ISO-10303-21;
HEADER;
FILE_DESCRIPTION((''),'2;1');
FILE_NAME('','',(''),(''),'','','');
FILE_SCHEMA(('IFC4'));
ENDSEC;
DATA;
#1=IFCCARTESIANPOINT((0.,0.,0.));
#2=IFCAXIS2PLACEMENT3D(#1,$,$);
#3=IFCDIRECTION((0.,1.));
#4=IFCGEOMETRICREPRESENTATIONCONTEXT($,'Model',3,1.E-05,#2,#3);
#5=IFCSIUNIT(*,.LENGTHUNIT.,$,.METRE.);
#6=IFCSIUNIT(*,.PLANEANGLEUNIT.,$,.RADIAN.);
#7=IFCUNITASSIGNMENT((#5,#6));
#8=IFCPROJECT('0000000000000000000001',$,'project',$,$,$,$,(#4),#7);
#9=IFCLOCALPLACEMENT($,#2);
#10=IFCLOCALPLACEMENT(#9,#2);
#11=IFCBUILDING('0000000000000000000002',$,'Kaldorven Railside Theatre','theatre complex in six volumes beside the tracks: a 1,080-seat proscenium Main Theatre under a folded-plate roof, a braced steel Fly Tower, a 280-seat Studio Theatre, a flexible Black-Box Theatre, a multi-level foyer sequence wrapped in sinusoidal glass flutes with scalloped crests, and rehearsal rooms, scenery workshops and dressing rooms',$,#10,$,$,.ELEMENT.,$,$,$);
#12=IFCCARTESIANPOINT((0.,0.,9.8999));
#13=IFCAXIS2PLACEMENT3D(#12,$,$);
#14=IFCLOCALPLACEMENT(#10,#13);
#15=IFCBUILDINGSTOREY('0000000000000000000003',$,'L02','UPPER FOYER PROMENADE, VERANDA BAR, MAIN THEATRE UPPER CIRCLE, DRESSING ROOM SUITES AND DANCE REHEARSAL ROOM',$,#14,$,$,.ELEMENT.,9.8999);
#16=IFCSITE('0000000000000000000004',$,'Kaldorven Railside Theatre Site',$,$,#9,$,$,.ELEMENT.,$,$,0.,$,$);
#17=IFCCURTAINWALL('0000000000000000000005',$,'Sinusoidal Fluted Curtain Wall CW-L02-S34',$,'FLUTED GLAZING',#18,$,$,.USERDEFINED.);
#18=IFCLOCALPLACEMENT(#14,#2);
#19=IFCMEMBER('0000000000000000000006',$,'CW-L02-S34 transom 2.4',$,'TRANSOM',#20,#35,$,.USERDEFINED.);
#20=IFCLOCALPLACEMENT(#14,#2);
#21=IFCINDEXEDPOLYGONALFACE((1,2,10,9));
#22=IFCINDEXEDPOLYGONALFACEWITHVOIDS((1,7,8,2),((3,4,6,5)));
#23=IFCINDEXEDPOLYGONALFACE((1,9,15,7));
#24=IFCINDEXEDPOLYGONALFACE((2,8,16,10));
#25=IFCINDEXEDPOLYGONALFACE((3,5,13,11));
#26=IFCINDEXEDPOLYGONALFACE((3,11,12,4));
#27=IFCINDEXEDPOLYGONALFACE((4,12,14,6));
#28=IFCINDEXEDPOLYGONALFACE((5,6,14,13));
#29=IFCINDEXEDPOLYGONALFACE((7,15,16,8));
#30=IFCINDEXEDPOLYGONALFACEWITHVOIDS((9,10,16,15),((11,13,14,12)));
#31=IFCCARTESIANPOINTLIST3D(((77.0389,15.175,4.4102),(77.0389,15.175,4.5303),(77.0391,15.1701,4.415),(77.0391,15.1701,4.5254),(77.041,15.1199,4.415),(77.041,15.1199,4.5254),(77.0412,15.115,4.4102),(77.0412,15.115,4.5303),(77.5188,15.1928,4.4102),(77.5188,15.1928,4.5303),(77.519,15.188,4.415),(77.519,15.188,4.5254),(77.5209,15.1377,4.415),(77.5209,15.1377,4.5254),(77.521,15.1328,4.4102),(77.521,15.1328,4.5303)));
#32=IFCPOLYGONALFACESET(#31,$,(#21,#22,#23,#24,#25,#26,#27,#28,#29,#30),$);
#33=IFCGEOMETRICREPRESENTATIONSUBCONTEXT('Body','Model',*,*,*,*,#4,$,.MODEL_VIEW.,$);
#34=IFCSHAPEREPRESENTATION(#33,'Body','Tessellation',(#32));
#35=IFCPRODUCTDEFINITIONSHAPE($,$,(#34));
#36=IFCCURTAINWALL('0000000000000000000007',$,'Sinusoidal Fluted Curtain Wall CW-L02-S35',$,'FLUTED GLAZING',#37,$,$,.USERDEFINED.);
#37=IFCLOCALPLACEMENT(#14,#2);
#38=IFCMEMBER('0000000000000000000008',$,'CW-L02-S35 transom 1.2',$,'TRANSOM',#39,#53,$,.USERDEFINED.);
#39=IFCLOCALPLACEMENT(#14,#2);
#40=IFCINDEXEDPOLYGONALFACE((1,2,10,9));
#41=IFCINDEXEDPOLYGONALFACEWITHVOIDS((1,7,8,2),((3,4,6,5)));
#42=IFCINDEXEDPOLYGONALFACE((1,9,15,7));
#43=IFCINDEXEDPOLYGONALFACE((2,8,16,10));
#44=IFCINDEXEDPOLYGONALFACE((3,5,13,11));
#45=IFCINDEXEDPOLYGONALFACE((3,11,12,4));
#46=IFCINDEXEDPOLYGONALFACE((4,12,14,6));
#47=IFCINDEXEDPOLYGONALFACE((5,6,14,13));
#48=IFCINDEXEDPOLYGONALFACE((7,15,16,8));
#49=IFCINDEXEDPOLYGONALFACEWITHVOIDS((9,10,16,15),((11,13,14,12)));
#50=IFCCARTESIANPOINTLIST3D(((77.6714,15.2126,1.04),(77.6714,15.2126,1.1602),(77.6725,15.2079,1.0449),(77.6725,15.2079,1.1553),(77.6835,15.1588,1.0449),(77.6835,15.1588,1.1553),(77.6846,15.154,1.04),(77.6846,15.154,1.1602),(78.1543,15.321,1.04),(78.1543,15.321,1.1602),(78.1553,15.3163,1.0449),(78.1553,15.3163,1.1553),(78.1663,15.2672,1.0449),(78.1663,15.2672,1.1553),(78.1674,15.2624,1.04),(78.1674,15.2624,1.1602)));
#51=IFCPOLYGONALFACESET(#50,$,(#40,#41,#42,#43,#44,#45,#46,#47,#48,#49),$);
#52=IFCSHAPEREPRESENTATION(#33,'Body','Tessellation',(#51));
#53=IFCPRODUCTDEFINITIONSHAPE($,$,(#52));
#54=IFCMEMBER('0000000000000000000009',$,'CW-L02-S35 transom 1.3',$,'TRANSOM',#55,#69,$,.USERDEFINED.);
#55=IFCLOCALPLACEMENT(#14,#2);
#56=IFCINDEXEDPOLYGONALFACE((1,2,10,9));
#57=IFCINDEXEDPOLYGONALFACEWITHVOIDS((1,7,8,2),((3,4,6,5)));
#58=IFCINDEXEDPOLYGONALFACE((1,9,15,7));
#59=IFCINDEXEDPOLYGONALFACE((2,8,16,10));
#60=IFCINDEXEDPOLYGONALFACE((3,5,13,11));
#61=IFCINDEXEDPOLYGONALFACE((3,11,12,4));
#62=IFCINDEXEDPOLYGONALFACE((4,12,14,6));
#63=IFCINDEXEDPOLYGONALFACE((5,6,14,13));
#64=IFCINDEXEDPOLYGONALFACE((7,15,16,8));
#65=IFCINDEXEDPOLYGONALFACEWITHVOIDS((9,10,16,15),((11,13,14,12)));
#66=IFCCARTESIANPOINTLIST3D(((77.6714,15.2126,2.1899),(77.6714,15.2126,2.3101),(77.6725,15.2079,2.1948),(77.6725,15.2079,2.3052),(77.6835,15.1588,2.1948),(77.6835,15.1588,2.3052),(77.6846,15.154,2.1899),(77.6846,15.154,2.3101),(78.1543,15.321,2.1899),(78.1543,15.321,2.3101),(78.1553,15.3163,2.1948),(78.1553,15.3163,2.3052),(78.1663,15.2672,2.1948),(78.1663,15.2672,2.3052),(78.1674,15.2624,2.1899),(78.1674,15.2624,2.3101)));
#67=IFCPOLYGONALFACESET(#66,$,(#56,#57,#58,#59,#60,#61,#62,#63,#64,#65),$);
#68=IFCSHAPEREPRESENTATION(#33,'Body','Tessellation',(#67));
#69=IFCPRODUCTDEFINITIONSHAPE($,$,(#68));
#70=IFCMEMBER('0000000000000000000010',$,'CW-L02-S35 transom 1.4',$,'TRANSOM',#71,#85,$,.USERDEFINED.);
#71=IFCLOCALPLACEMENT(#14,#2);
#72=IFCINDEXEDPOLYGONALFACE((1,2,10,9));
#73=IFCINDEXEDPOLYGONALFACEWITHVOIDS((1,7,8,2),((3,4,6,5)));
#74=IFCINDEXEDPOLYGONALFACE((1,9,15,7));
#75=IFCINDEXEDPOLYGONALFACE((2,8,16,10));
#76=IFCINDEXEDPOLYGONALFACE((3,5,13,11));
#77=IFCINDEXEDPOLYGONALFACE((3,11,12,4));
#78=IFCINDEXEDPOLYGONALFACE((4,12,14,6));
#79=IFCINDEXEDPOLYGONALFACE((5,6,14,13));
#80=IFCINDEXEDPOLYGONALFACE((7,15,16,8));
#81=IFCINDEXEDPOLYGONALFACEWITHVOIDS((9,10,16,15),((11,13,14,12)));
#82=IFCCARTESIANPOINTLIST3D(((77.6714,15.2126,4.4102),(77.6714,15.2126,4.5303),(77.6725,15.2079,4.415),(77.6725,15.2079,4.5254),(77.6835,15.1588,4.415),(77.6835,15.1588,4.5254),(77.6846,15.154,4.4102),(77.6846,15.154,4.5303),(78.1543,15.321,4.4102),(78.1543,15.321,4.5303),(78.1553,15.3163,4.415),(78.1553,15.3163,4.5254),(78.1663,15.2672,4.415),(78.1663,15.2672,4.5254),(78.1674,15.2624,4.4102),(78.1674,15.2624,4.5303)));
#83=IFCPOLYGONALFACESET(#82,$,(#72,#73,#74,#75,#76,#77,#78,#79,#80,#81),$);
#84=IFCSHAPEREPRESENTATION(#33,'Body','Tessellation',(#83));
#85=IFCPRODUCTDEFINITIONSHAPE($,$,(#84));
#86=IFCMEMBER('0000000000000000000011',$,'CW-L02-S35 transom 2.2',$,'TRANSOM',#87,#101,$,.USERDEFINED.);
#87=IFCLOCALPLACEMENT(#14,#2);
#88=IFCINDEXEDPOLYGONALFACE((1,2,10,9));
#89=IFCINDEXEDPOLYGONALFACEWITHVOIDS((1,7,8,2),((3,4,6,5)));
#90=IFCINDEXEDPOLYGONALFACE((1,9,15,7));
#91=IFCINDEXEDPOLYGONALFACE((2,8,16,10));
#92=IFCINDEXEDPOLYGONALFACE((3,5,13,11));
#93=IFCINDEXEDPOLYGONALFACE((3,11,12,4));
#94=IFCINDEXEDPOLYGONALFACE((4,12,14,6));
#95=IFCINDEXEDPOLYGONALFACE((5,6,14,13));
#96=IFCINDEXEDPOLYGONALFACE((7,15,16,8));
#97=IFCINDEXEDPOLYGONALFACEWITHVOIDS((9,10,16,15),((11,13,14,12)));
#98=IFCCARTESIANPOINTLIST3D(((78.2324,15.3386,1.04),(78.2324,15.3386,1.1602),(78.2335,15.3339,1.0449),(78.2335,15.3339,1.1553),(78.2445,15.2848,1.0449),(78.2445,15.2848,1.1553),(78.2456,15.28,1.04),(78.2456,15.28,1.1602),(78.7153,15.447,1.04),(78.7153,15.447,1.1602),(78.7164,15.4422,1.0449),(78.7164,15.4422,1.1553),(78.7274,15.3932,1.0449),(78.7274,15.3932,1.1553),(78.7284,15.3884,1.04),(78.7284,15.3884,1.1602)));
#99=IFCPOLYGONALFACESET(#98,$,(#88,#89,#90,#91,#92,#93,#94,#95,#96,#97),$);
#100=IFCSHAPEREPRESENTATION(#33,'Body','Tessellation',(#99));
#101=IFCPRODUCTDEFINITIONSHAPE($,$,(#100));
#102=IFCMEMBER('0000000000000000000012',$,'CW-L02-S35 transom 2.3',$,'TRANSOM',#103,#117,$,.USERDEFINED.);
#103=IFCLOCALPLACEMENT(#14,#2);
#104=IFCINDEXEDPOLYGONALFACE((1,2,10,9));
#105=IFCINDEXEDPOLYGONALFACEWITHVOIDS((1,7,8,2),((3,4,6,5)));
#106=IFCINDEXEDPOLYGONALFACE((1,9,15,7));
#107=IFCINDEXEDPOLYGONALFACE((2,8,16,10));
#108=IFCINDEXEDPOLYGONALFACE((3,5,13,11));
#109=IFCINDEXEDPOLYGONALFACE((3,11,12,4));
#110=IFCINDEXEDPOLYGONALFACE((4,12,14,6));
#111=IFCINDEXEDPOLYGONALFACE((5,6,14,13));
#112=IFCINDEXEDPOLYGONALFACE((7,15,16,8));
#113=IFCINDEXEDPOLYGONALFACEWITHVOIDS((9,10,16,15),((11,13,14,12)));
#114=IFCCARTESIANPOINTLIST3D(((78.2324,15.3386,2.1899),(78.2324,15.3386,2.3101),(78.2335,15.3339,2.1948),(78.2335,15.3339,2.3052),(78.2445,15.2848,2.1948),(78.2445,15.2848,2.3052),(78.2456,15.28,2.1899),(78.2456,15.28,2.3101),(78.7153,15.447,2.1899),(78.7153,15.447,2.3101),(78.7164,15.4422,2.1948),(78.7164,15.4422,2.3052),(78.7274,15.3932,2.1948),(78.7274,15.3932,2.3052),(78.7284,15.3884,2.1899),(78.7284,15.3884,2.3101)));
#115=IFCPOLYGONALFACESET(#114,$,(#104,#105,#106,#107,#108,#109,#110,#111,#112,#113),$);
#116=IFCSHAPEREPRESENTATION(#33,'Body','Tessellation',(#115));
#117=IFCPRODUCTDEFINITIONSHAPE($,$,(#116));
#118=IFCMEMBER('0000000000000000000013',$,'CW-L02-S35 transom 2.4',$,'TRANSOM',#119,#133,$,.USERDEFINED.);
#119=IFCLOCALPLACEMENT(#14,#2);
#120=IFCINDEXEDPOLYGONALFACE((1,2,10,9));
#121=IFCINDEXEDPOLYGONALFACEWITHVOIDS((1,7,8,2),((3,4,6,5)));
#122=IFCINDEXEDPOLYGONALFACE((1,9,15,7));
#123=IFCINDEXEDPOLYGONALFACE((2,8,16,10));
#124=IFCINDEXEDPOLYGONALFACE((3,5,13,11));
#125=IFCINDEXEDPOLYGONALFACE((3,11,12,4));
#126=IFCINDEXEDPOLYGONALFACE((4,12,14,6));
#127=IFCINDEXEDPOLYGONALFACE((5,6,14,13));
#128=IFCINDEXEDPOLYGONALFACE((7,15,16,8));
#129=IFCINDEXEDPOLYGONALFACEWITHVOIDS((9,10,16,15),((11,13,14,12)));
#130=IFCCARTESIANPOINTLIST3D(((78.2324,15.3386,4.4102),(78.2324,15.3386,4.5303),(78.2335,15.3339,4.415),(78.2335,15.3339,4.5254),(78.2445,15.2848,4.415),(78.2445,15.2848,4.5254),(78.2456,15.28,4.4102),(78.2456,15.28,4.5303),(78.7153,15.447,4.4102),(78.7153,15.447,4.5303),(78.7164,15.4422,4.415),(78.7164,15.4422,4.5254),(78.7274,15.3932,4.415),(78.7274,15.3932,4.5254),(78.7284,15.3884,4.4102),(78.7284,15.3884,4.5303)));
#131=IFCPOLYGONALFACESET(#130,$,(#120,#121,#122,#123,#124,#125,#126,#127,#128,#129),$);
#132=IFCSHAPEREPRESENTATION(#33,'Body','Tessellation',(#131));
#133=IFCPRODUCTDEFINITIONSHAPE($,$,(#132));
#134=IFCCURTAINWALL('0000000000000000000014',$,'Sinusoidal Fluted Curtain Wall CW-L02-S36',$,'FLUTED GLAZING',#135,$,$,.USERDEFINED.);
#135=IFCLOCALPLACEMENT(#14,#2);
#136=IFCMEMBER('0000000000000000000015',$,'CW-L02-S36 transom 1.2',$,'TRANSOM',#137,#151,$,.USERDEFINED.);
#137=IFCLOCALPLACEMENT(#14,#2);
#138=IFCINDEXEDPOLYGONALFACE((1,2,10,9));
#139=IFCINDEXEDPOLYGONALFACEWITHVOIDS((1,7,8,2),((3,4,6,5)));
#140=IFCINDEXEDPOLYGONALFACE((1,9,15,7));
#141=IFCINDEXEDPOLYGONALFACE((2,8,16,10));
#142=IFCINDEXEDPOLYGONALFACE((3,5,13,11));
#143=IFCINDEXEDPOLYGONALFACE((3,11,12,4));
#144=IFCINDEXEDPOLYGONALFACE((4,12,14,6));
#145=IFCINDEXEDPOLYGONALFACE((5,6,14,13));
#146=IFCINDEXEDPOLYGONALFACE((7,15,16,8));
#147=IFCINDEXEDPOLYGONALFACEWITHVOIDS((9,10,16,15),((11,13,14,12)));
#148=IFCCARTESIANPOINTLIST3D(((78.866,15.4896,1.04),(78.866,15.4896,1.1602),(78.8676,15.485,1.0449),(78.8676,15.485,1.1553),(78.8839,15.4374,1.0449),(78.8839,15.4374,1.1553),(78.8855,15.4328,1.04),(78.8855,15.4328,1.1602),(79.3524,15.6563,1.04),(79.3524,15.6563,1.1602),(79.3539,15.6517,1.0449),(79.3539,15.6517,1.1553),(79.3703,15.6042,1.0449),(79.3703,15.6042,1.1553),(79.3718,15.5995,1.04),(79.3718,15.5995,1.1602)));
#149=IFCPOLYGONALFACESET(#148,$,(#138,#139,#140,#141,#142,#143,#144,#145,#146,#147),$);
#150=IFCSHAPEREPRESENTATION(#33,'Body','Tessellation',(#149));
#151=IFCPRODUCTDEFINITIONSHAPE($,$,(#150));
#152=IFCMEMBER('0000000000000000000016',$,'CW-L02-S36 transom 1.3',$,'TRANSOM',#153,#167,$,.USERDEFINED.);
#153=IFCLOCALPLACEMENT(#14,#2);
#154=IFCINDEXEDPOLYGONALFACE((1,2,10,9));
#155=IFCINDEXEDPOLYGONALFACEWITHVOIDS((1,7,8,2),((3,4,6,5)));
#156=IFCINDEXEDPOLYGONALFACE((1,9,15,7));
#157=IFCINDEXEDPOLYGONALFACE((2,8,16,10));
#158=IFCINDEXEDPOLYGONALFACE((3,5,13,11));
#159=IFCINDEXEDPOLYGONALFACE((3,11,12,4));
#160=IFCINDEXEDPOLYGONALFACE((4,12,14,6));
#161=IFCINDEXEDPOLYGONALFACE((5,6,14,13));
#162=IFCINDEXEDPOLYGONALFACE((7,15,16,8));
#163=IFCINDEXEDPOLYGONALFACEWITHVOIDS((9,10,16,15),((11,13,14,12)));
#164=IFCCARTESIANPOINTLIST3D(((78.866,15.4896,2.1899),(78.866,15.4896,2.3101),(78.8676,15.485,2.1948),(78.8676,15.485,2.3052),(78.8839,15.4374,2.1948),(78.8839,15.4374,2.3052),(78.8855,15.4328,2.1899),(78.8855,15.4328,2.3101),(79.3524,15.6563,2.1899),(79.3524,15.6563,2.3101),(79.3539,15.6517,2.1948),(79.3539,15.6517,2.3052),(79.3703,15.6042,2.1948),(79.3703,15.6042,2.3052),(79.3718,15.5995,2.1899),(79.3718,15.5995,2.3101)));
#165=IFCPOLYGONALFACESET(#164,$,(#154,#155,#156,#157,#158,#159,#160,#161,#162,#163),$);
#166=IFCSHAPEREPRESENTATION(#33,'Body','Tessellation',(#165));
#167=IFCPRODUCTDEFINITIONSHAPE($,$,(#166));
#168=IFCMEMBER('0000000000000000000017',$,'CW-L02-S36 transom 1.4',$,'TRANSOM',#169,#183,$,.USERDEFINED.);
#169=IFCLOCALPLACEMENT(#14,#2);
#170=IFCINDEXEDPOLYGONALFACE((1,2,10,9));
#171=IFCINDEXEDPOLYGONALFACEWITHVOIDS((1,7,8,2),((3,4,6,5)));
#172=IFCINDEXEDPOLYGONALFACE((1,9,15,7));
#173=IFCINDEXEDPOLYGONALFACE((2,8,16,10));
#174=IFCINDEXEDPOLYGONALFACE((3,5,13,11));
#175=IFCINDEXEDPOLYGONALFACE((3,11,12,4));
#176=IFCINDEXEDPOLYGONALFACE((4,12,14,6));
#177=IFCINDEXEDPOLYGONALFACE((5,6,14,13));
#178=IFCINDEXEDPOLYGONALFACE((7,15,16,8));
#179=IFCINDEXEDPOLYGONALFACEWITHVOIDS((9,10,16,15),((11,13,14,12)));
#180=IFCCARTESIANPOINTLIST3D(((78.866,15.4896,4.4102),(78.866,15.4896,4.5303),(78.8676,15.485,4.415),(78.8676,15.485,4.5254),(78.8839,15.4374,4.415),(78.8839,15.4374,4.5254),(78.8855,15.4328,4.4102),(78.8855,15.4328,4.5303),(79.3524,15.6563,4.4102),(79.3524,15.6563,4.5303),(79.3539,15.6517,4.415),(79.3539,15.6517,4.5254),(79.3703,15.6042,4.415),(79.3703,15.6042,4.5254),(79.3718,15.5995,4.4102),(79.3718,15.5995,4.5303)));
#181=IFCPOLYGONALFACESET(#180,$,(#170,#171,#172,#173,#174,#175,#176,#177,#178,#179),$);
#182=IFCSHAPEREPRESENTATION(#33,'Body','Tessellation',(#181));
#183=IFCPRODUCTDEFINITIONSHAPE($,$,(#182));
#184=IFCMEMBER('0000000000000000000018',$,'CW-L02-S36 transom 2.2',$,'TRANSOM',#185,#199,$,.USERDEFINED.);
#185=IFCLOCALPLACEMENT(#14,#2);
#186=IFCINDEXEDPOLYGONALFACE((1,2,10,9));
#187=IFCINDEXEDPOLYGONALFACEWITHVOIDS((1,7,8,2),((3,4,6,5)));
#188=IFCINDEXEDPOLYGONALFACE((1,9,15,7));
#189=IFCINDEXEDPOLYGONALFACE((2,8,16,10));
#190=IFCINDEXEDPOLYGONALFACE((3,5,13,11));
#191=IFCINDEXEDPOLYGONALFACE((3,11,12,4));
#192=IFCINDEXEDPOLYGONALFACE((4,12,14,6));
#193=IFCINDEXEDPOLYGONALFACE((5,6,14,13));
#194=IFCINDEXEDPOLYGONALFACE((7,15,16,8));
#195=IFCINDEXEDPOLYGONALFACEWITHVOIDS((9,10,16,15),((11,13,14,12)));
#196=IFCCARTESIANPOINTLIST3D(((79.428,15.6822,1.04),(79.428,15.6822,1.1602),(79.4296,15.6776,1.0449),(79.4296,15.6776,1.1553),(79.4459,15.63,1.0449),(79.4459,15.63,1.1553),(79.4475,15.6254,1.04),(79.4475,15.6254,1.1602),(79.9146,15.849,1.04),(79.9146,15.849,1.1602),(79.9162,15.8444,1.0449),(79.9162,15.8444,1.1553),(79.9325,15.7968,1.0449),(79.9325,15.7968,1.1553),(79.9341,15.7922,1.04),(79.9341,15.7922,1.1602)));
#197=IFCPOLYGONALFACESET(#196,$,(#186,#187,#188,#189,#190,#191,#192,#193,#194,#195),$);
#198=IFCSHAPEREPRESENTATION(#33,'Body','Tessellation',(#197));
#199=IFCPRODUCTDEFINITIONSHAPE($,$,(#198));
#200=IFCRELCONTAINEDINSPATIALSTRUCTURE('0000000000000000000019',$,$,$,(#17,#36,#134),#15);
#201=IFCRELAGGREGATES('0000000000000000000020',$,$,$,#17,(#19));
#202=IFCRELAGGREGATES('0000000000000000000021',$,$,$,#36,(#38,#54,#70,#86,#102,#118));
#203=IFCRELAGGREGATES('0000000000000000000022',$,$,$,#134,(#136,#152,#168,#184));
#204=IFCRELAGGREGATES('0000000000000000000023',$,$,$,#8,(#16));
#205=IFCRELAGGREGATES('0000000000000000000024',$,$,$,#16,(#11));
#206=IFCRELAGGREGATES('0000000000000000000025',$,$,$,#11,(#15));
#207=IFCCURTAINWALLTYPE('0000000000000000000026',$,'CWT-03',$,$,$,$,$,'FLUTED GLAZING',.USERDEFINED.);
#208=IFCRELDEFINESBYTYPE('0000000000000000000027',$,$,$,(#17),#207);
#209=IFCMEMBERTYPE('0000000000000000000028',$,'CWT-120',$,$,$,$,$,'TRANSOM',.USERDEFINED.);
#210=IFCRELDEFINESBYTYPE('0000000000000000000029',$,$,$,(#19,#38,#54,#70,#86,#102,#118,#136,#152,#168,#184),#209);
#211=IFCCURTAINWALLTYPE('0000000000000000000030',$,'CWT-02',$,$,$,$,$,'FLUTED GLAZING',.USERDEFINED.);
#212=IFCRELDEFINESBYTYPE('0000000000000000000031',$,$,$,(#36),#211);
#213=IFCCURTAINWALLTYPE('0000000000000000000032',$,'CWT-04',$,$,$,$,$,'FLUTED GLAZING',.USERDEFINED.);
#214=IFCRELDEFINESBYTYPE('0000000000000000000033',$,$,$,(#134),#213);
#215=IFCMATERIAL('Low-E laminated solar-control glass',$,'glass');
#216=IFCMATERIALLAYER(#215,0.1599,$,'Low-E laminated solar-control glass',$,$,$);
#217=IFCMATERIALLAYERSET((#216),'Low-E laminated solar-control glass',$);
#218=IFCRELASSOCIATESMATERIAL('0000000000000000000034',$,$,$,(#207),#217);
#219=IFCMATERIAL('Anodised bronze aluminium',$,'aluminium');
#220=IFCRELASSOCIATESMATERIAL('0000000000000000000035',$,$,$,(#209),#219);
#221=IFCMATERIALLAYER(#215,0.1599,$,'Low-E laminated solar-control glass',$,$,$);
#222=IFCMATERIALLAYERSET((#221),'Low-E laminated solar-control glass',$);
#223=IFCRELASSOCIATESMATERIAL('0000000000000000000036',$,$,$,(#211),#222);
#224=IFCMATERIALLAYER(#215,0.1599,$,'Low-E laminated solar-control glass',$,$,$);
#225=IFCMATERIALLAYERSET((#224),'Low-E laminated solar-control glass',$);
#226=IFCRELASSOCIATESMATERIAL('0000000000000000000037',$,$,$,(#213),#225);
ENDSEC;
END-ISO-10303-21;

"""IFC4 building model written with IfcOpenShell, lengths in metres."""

from ifc_helpers import new_model, si_unit, direction, frame, origin, origin_2d, place, context, subcontext, project, spatial, hollow_rectangle, extrude, material, layer, layer_set, material_profile, profile_set, type_object, element, aggregate, save


model = new_model("IFC4")

# Units and contexts
model_context = context("Model", 3, precision=1e-05, world=origin(), true_north=direction((0.0, 1.0)))
body_context = subcontext(model_context, "Body", "Model", "MODEL_VIEW")
ifc_project = project(units=[si_unit("LENGTHUNIT", "METRE"), si_unit("PLANEANGLEUNIT", "RADIAN")], contexts=[model_context])

# Site, building, storey
site_placement = place(None, origin())
site = spatial("IfcSite", under=ifc_project, at=site_placement, Name="Kaldorven Railside Theatre Site", CompositionType="ELEMENT", RefElevation=0.0)
building_placement = place(site_placement, origin())
building = spatial("IfcBuilding", under=site, at=building_placement, Name="Kaldorven Railside Theatre", Description="theatre complex in six volumes beside the tracks: a 1,080-seat proscenium Main Theatre under a folded-plate roof, a braced steel Fly Tower, a 280-seat Studio Theatre, a flexible Black-Box Theatre, a multi-level foyer sequence wrapped in sinusoidal glass flutes with scalloped crests, and rehearsal rooms, scenery workshops and dressing rooms", CompositionType="ELEMENT")
storey_placement = place(building_placement, frame((0.0, 0.0, 9.8999)))
storey = spatial("IfcBuildingStorey", under=building, at=storey_placement, Name="L02", Description="UPPER FOYER PROMENADE, VERANDA BAR, MAIN THEATRE UPPER CIRCLE, DRESSING ROOM SUITES AND DANCE REHEARSAL ROOM", CompositionType="ELEMENT", Elevation=9.8999)

# Curtain wall, member
ifc_material_1 = material(Name="Low-E laminated solar-control glass", Category="glass")
ifc_layer_1 = layer(ifc_material_1, 0.1599, Name="Low-E laminated solar-control glass")
ifc_layer_set_1 = layer_set([ifc_layer_1], Name="Low-E laminated solar-control glass")
curtain_wall_type_1 = type_object("IfcCurtainWallType", Name="CWT-03", ElementType="FLUTED GLAZING", PredefinedType="USERDEFINED", material=ifc_layer_set_1)
curtain_wall_1_placement = place(storey_placement, origin())
curtain_wall_1 = element("IfcCurtainWall", 1, at=curtain_wall_1_placement, inside=storey, type_object=curtain_wall_type_1, Name="Sinusoidal Fluted Curtain Wall CW-L02-S34", ObjectType="FLUTED GLAZING", PredefinedType="USERDEFINED")
ifc_material_2 = material(Name="Anodised bronze aluminium", Category="aluminium")
ifc_material_profile = material_profile(ifc_material_2, hollow_rectangle(XDim=0.0601, YDim=0.1201, WallThickness=0.0049, at=origin_2d()), Name="RHS 120x60x5")
ifc_profile_set = profile_set([ifc_material_profile], Name="Anodised bronze aluminium")
member_type = type_object("IfcMemberType", Name="CWT-120", ElementType="TRANSOM", PredefinedType="USERDEFINED", material=ifc_profile_set)
member_1_placement = place(storey_placement, frame((77.04, 15.145, 4.4702), z_axis=(0.999311, 0.037106, 0.0), x_axis=(-0.037106, 0.999311, 0.0)))
member_1 = element("IfcMember", 2, at=member_1_placement, type_object=member_type, Name="CW-L02-S34 transom 2.4", ObjectType="TRANSOM", PredefinedType="USERDEFINED", context=body_context, shape_type="SweptSolid", body=[
    extrude(hollow_rectangle(XDim=0.0601, YDim=0.1201, WallThickness=0.0049, at=origin_2d()), origin(), (0.0, 0.0, 1.0), 0.4802),
])

# Curtain walls, members
ifc_layer_2 = layer(ifc_material_1, 0.1599, Name="Low-E laminated solar-control glass")
ifc_layer_set_2 = layer_set([ifc_layer_2], Name="Low-E laminated solar-control glass")
curtain_wall_type_2 = type_object("IfcCurtainWallType", Name="CWT-02", ElementType="FLUTED GLAZING", PredefinedType="USERDEFINED", material=ifc_layer_set_2)
curtain_wall_2_placement = place(storey_placement, origin())
curtain_wall_2 = element("IfcCurtainWall", 3, at=curtain_wall_2_placement, inside=storey, type_object=curtain_wall_type_2, Name="Sinusoidal Fluted Curtain Wall CW-L02-S35", ObjectType="FLUTED GLAZING", PredefinedType="USERDEFINED")
member_2_placement = place(storey_placement, frame((77.678, 15.1833, 1.1001), z_axis=(0.975721, 0.219019, 0.0), x_axis=(-0.219019, 0.975721, 0.0)))
member_2 = element("IfcMember", 4, at=member_2_placement, type_object=member_type, Name="CW-L02-S35 transom 1.2", ObjectType="TRANSOM", PredefinedType="USERDEFINED", context=body_context, shape_type="SweptSolid", body=[
    extrude(hollow_rectangle(XDim=0.0601, YDim=0.1201, WallThickness=0.0049, at=origin_2d()), origin(), (0.0, 0.0, 1.0), 0.4949),
])
member_3_placement = place(storey_placement, frame((77.678, 15.1833, 2.25), z_axis=(0.975721, 0.219019, 0.0), x_axis=(-0.219019, 0.975721, 0.0)))
member_3 = element("IfcMember", 5, at=member_3_placement, type_object=member_type, Name="CW-L02-S35 transom 1.3", ObjectType="TRANSOM", PredefinedType="USERDEFINED", context=body_context, shape_type="SweptSolid", body=[
    extrude(hollow_rectangle(XDim=0.0601, YDim=0.1201, WallThickness=0.0049, at=origin_2d()), origin(), (0.0, 0.0, 1.0), 0.4949),
])
member_4_placement = place(storey_placement, frame((77.678, 15.1833, 4.4702), z_axis=(0.975721, 0.219019, 0.0), x_axis=(-0.219019, 0.975721, 0.0)))
member_4 = element("IfcMember", 6, at=member_4_placement, type_object=member_type, Name="CW-L02-S35 transom 1.4", ObjectType="TRANSOM", PredefinedType="USERDEFINED", context=body_context, shape_type="SweptSolid", body=[
    extrude(hollow_rectangle(XDim=0.0601, YDim=0.1201, WallThickness=0.0049, at=origin_2d()), origin(), (0.0, 0.0, 1.0), 0.4949),
])
member_5_placement = place(storey_placement, frame((78.239, 15.3093, 1.1001), z_axis=(0.975721, 0.219019, 0.0), x_axis=(-0.219019, 0.975721, 0.0)))
member_5 = element("IfcMember", 7, at=member_5_placement, type_object=member_type, Name="CW-L02-S35 transom 2.2", ObjectType="TRANSOM", PredefinedType="USERDEFINED", context=body_context, shape_type="SweptSolid", body=[
    extrude(hollow_rectangle(XDim=0.0601, YDim=0.1201, WallThickness=0.0049, at=origin_2d()), origin(), (0.0, 0.0, 1.0), 0.4949),
])
member_6_placement = place(storey_placement, frame((78.239, 15.3093, 2.25), z_axis=(0.975721, 0.219019, 0.0), x_axis=(-0.219019, 0.975721, 0.0)))
member_6 = element("IfcMember", 8, at=member_6_placement, type_object=member_type, Name="CW-L02-S35 transom 2.3", ObjectType="TRANSOM", PredefinedType="USERDEFINED", context=body_context, shape_type="SweptSolid", body=[
    extrude(hollow_rectangle(XDim=0.0601, YDim=0.1201, WallThickness=0.0049, at=origin_2d()), origin(), (0.0, 0.0, 1.0), 0.4949),
])
member_7_placement = place(storey_placement, frame((78.239, 15.3093, 4.4702), z_axis=(0.975721, 0.219019, 0.0), x_axis=(-0.219019, 0.975721, 0.0)))
member_7 = element("IfcMember", 9, at=member_7_placement, type_object=member_type, Name="CW-L02-S35 transom 2.4", ObjectType="TRANSOM", PredefinedType="USERDEFINED", context=body_context, shape_type="SweptSolid", body=[
    extrude(hollow_rectangle(XDim=0.0601, YDim=0.1201, WallThickness=0.0049, at=origin_2d()), origin(), (0.0, 0.0, 1.0), 0.4949),
])
ifc_layer_3 = layer(ifc_material_1, 0.1599, Name="Low-E laminated solar-control glass")
ifc_layer_set_3 = layer_set([ifc_layer_3], Name="Low-E laminated solar-control glass")
curtain_wall_type_3 = type_object("IfcCurtainWallType", Name="CWT-04", ElementType="FLUTED GLAZING", PredefinedType="USERDEFINED", material=ifc_layer_set_3)
curtain_wall_3_placement = place(storey_placement, origin())
curtain_wall_3 = element("IfcCurtainWall", 10, at=curtain_wall_3_placement, inside=storey, type_object=curtain_wall_type_3, Name="Sinusoidal Fluted Curtain Wall CW-L02-S36", ObjectType="FLUTED GLAZING", PredefinedType="USERDEFINED")
member_8_placement = place(storey_placement, frame((78.8757, 15.4612, 1.1001), z_axis=(0.945942, 0.324336, 0.0), x_axis=(-0.324336, 0.945942, 0.0)))
member_8 = element("IfcMember", 11, at=member_8_placement, type_object=member_type, Name="CW-L02-S36 transom 1.2", ObjectType="TRANSOM", PredefinedType="USERDEFINED", context=body_context, shape_type="SweptSolid", body=[
    extrude(hollow_rectangle(XDim=0.0601, YDim=0.1201, WallThickness=0.0049, at=origin_2d()), origin(), (0.0, 0.0, 1.0), 0.5142),
])
member_9_placement = place(storey_placement, frame((78.8757, 15.4612, 2.25), z_axis=(0.945942, 0.324336, 0.0), x_axis=(-0.324336, 0.945942, 0.0)))
member_9 = element("IfcMember", 12, at=member_9_placement, type_object=member_type, Name="CW-L02-S36 transom 1.3", ObjectType="TRANSOM", PredefinedType="USERDEFINED", context=body_context, shape_type="SweptSolid", body=[
    extrude(hollow_rectangle(XDim=0.0601, YDim=0.1201, WallThickness=0.0049, at=origin_2d()), origin(), (0.0, 0.0, 1.0), 0.5142),
])
member_10_placement = place(storey_placement, frame((78.8757, 15.4612, 4.4702), z_axis=(0.945942, 0.324336, 0.0), x_axis=(-0.324336, 0.945942, 0.0)))
member_10 = element("IfcMember", 13, at=member_10_placement, type_object=member_type, Name="CW-L02-S36 transom 1.4", ObjectType="TRANSOM", PredefinedType="USERDEFINED", context=body_context, shape_type="SweptSolid", body=[
    extrude(hollow_rectangle(XDim=0.0601, YDim=0.1201, WallThickness=0.0049, at=origin_2d()), origin(), (0.0, 0.0, 1.0), 0.5142),
])
member_11_placement = place(storey_placement, frame((79.4377, 15.6538, 1.1001), z_axis=(0.945992, 0.324191, 0.0), x_axis=(-0.324191, 0.945992, 0.0)))
member_11 = element("IfcMember", 14, at=member_11_placement, type_object=member_type, Name="CW-L02-S36 transom 2.2", ObjectType="TRANSOM", PredefinedType="USERDEFINED", context=body_context, shape_type="SweptSolid", body=[
    extrude(hollow_rectangle(XDim=0.0601, YDim=0.1201, WallThickness=0.0049, at=origin_2d()), origin(), (0.0, 0.0, 1.0), 0.5144),
])

aggregate(curtain_wall_1, [member_1])
aggregate(curtain_wall_2, [member_2, member_3, member_4, member_5, member_6, member_7])
aggregate(curtain_wall_3, [member_8, member_9, member_10, member_11])

save(model, "model.ifc")
